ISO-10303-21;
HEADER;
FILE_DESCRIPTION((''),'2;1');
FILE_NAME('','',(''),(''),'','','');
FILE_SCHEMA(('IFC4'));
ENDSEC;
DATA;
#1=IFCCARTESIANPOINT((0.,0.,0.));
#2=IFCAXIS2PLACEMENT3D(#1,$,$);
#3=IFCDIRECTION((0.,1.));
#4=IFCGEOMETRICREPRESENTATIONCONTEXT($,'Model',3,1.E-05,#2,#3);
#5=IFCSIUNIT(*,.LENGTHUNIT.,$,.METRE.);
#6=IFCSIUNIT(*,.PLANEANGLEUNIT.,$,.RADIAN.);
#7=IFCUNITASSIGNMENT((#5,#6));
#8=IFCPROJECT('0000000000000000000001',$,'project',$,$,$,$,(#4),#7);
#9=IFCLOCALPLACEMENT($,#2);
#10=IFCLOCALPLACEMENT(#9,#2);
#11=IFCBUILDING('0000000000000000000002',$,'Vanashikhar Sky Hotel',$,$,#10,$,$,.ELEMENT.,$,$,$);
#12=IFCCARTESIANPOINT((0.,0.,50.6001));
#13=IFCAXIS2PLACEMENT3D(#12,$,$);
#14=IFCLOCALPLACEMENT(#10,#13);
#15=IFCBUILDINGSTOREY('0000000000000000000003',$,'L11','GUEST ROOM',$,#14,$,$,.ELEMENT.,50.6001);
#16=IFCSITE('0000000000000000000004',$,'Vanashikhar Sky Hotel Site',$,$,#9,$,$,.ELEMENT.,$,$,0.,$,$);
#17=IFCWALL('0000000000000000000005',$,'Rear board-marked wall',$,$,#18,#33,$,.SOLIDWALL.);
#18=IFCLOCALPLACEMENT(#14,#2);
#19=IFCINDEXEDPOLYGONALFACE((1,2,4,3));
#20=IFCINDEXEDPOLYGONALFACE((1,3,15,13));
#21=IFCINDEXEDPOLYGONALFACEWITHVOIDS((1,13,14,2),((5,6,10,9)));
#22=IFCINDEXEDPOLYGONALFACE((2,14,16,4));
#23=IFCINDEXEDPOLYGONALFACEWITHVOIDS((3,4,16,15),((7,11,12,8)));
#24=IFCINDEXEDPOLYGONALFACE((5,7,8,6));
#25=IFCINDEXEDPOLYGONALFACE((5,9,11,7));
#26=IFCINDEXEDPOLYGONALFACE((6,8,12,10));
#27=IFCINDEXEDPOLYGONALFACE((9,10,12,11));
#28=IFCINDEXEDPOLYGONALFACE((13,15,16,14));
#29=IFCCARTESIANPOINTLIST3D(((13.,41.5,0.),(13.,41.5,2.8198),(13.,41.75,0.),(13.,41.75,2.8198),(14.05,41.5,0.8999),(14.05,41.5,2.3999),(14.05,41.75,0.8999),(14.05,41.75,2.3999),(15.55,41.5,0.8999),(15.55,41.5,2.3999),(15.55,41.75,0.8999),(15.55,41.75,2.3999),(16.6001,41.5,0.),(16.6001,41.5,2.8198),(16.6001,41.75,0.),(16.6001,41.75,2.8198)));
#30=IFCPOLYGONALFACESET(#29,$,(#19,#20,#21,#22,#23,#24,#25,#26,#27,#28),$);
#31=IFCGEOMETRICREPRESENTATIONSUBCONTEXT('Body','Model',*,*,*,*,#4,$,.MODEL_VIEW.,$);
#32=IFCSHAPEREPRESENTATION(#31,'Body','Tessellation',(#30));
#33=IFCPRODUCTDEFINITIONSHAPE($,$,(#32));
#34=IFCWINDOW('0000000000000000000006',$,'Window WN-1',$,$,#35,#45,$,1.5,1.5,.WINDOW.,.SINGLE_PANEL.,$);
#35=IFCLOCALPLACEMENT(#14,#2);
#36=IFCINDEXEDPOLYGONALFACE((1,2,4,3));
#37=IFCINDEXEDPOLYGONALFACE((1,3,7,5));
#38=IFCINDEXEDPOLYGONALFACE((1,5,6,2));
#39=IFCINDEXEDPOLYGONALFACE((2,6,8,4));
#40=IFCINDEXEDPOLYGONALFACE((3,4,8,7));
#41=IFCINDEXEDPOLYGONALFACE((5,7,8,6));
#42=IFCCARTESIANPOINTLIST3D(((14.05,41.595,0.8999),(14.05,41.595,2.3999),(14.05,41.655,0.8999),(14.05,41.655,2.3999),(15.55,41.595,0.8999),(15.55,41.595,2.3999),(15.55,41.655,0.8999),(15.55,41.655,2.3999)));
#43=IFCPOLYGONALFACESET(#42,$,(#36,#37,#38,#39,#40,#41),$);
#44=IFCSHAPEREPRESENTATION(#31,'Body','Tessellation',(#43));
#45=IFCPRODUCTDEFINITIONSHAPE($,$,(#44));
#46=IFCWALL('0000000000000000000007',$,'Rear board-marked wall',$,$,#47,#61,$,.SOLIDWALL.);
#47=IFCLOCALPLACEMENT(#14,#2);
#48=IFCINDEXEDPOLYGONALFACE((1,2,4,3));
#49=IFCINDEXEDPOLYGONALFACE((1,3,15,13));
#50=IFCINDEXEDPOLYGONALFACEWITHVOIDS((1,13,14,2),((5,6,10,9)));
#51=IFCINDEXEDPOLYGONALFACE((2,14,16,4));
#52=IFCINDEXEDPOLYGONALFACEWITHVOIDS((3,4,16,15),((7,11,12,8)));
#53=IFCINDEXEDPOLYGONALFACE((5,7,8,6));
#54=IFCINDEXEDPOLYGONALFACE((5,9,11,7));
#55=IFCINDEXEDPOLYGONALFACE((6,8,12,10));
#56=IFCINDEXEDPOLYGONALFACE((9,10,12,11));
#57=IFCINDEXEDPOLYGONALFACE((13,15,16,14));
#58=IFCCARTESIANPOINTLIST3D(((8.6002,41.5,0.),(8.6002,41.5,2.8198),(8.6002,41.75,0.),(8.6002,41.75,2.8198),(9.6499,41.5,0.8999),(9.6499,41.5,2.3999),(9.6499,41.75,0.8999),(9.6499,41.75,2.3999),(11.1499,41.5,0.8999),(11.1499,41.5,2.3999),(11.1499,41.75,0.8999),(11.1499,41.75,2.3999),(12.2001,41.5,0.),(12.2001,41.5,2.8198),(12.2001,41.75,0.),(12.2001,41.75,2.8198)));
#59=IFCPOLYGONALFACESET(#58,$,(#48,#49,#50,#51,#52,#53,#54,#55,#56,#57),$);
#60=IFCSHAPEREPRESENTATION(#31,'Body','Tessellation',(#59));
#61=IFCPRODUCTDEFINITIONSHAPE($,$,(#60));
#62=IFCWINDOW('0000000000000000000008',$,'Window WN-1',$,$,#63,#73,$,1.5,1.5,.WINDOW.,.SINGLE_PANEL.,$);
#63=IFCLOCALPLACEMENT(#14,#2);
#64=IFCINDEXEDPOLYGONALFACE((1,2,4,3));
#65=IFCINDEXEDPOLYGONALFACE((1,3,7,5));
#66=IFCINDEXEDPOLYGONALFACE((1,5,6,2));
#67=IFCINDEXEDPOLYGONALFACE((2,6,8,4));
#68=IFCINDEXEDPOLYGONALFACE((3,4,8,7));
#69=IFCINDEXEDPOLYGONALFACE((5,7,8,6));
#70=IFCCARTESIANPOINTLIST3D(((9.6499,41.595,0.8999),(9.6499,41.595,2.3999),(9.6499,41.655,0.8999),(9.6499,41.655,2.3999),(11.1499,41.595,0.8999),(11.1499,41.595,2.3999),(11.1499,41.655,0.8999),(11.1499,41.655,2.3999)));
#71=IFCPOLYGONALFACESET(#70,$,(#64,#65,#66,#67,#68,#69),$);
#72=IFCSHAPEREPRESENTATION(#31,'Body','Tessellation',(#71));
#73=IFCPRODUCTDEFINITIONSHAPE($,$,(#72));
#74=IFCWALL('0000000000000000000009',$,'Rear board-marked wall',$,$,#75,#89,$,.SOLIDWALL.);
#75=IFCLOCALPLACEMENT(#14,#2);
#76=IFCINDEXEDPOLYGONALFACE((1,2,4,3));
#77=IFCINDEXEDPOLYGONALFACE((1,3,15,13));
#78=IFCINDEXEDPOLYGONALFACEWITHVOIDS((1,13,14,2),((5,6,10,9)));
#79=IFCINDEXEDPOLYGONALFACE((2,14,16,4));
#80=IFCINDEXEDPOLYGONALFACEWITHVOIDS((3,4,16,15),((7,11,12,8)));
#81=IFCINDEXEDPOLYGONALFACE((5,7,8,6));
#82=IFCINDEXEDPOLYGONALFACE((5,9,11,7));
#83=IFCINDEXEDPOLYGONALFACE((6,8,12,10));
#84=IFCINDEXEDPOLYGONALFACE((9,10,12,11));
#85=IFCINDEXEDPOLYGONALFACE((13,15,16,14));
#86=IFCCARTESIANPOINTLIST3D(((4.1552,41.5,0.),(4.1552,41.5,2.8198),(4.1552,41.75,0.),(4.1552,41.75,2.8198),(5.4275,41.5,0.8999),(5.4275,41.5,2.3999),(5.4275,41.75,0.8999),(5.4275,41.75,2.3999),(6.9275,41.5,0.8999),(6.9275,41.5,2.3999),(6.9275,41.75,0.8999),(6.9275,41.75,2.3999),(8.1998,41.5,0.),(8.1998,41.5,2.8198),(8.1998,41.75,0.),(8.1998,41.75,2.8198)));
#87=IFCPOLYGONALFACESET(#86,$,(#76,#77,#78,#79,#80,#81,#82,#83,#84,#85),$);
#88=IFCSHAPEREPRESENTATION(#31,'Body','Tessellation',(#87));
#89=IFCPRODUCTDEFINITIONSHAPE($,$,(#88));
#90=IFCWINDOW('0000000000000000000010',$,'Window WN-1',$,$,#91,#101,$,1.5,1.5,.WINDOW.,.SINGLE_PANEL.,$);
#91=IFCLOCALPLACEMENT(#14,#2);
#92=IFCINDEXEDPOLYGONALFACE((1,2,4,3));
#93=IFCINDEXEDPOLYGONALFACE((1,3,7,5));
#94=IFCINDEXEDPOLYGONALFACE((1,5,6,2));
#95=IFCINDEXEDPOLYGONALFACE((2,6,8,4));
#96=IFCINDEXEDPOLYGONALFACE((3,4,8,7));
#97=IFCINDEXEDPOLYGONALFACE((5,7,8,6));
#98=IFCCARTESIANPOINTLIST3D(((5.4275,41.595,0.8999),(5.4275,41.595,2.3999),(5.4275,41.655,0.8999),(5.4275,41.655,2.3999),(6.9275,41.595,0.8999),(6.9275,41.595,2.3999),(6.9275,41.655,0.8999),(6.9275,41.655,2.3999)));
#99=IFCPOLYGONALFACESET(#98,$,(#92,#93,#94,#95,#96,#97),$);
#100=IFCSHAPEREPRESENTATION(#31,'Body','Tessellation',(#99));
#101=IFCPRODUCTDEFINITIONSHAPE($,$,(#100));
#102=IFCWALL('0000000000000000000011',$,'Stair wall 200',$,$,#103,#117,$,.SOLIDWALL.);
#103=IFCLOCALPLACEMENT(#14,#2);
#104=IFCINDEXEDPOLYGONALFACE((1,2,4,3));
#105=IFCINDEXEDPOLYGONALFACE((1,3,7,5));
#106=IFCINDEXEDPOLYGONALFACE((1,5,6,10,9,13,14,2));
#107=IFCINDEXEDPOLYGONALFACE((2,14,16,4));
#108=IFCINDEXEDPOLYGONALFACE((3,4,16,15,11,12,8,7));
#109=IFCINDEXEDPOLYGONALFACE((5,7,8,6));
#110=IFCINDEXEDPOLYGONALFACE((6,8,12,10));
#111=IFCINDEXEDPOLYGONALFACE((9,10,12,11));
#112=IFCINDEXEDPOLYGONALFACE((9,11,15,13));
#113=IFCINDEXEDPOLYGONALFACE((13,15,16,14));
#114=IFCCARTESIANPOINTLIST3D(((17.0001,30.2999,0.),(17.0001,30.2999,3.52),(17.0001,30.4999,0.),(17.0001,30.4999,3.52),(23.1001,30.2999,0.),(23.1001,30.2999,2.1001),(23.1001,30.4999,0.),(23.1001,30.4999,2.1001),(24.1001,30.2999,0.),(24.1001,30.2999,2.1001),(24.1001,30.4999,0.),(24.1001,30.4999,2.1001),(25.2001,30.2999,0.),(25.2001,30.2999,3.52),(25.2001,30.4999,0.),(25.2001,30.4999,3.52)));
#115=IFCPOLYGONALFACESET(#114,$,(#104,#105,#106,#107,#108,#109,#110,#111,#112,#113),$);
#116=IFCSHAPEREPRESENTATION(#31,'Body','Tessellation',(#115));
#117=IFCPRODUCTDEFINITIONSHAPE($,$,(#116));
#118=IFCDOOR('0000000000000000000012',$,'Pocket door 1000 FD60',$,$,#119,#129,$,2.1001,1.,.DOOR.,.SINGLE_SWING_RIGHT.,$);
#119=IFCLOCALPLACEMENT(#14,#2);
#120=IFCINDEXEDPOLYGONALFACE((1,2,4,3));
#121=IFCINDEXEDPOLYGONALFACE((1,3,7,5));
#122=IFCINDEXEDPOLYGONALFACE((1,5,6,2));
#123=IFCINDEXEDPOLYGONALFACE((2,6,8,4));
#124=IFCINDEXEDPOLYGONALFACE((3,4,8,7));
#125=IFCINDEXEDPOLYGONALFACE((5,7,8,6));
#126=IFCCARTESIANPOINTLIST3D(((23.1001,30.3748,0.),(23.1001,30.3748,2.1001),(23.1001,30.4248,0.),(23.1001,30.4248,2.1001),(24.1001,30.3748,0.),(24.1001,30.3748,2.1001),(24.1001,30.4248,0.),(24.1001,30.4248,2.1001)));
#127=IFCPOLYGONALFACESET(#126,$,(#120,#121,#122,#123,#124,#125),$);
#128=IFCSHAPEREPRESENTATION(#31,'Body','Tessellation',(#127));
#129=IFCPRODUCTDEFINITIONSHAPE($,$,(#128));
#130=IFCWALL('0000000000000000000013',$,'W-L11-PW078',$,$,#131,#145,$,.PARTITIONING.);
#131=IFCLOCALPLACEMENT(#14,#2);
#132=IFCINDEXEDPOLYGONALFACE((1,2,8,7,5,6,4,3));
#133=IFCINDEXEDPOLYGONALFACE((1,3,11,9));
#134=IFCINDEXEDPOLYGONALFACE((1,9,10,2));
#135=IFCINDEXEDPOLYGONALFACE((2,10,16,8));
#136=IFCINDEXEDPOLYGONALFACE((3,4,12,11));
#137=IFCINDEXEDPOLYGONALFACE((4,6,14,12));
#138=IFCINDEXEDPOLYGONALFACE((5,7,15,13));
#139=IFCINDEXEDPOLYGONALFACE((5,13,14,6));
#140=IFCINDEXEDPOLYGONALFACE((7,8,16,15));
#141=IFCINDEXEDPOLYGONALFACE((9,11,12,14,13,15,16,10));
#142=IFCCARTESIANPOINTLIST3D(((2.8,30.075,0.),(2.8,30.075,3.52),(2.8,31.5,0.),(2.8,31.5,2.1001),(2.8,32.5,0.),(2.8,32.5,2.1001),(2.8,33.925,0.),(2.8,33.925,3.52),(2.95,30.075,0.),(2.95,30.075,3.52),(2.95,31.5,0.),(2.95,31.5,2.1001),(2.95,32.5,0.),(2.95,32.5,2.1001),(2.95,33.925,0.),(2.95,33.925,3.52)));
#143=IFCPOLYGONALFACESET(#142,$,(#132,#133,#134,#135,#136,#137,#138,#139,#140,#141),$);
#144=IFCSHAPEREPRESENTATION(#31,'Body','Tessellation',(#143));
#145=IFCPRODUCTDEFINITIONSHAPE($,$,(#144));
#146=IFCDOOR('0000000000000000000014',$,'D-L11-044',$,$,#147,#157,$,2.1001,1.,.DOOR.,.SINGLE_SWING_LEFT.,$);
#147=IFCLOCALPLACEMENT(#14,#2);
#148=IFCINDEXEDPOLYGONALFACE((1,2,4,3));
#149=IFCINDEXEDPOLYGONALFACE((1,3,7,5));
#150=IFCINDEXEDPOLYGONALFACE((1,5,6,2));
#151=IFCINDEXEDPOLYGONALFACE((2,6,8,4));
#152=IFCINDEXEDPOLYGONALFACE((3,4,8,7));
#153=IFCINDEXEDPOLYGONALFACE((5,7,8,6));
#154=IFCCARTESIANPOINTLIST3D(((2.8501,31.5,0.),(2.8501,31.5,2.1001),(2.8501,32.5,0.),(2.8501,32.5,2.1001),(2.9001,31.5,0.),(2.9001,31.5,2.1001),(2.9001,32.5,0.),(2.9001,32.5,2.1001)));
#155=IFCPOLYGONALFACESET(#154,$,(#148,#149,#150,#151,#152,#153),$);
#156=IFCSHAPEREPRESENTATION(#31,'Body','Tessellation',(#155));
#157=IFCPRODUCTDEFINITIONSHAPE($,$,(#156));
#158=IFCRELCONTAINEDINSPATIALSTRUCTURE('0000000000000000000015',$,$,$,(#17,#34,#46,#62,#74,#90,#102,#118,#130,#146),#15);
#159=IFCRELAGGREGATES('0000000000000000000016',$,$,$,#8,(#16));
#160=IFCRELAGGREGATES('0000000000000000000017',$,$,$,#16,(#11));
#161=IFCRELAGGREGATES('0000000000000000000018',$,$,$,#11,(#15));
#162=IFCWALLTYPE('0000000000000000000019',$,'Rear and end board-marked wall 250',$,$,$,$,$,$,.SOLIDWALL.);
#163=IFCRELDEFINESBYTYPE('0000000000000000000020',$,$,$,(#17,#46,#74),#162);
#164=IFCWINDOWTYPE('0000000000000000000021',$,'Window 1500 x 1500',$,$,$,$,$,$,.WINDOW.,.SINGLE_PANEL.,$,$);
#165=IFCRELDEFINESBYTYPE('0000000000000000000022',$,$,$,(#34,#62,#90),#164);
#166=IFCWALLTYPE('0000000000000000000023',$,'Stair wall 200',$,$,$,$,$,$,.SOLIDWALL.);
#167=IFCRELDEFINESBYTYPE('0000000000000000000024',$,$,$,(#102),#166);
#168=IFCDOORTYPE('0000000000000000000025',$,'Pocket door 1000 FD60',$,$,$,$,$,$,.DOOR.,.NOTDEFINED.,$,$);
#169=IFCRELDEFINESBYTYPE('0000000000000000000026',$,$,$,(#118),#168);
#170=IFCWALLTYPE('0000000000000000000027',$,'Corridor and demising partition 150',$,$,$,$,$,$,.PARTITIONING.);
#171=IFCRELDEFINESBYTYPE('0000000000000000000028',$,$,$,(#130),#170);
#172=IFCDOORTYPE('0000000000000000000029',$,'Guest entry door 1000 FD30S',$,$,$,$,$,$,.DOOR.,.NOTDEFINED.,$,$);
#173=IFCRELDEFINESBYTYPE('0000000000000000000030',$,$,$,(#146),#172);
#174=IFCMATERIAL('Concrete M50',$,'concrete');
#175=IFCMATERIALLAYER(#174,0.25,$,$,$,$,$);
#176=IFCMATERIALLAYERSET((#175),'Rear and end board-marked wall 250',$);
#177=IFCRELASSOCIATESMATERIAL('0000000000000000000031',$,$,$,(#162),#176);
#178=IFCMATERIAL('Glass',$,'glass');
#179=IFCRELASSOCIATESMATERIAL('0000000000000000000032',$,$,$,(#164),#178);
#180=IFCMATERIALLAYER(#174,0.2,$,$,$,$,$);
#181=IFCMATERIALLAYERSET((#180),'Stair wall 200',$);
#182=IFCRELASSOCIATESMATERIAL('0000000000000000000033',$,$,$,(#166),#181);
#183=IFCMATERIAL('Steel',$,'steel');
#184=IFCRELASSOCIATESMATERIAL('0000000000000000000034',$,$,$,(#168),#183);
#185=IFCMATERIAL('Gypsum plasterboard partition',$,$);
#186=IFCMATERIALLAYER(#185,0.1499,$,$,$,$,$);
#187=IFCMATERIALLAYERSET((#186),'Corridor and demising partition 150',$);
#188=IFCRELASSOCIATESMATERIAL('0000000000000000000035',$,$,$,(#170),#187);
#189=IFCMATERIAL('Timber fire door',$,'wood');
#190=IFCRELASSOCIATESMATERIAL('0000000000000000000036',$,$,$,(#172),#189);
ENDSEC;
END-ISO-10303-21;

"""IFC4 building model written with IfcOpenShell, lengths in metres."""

from ifc_helpers import new_model, si_unit, direction, frame, frame_2d, origin, place, context, subcontext, project, spatial, rectangle, extrude, source, transform, mapped, material, layer, layer_set, type_object, element, fill, save


model = new_model("IFC4")

# Units and contexts
model_context = context("Model", 3, precision=1e-05, world=origin(), true_north=direction((0.0, 1.0)))
body_context = subcontext(model_context, "Body", "Model", "MODEL_VIEW")
ifc_project = project(units=[si_unit("LENGTHUNIT", "METRE"), si_unit("PLANEANGLEUNIT", "RADIAN")], contexts=[model_context])

# Site, building, storey
site_placement = place(None, origin())
site = spatial("IfcSite", under=ifc_project, at=site_placement, Name="Vanashikhar Sky Hotel Site", CompositionType="ELEMENT", RefElevation=0.0)
building_placement = place(site_placement, origin())
building = spatial("IfcBuilding", under=site, at=building_placement, Name="Vanashikhar Sky Hotel", CompositionType="ELEMENT")
storey_placement = place(building_placement, frame((0.0, 0.0, 50.6001)))
storey = spatial("IfcBuildingStorey", under=building, at=storey_placement, Name="L11", Description="GUEST ROOM", CompositionType="ELEMENT", Elevation=50.6001)

# Shared definitions
ifc_material_1 = material(Name="Concrete M50", Category="concrete")

# Shared definitions
ifc_material_2 = material(Name="Glass", Category="glass")

# Shared definitions
ifc_layer_1 = layer(ifc_material_1, 0.25)
ifc_layer_set_1 = layer_set([ifc_layer_1], Name="Rear and end board-marked wall 250")
wall_type_1 = type_object("IfcWallType", Name="Rear and end board-marked wall 250", PredefinedType="SOLIDWALL", material=ifc_layer_set_1)

# Walls, openings, windows
shared_shape_1 = source(origin(), body_context, "Body", "SweptSolid", [
    extrude(rectangle(XDim=3.6001, YDim=0.25, at=frame_2d((1.8, 0.0))), origin(), (0.0, 0.0, 1.0), 2.8198),
])
wall_1_placement = place(storey_placement, frame((16.6001, 41.625, 0.0), z_axis=(0.0, 0.0, 1.0), x_axis=(-1.0, 0.0, 0.0)))
wall_1 = element("IfcWall", 1, at=wall_1_placement, inside=storey, type_object=wall_type_1, Name="Rear board-marked wall", PredefinedType="SOLIDWALL", context=body_context, shape_type="MappedRepresentation", body=[
    mapped(shared_shape_1, transform((0.0, 0.0, 0.0), scale=1.0)),
])
shared_shape_2 = source(origin(), body_context, "Body", "SweptSolid", [
    extrude(rectangle(XDim=1.5, YDim=1.5, at=frame_2d((0.75, 0.75))), frame((0.0, 0.135, 0.0), z_axis=(0.0, -1.0, 0.0), x_axis=(1.0, 0.0, 0.0)), (0.0, 0.0, 1.0), 0.27),
])
opening_1_placement = place(wall_1_placement, frame((1.05, 0.0, 0.8999)))
opening_1 = element("IfcOpeningElement", 2, at=opening_1_placement, cuts=wall_1, PredefinedType="OPENING", context=body_context, shape_type="MappedRepresentation", body=[
    mapped(shared_shape_2, transform((0.0, 0.0, 0.0), scale=1.0)),
])
window_type_1 = type_object("IfcWindowType", Name="Window 1500 x 1500", PartitioningType="SINGLE_PANEL", PredefinedType="WINDOW", material=ifc_material_2)
shared_shape_3 = source(origin(), body_context, "Body", "SweptSolid", [
    extrude(rectangle(XDim=1.5, YDim=1.5, at=frame_2d((0.75, 0.75))), frame((0.0, 0.03, 0.0), z_axis=(0.0, -1.0, 0.0), x_axis=(1.0, 0.0, 0.0)), (0.0, 0.0, 1.0), 0.0601),
])
window_1_placement = place(opening_1_placement, origin())
window_1 = element("IfcWindow", 3, at=window_1_placement, inside=storey, type_object=window_type_1, Name="Window WN-1", OverallHeight=1.5, OverallWidth=1.5, PartitioningType="SINGLE_PANEL", PredefinedType="WINDOW", context=body_context, shape_type="MappedRepresentation", body=[
    mapped(shared_shape_3, transform((0.0, 0.0, 0.0), scale=1.0)),
])
fill(opening_1, window_1)
shared_shape_4 = source(origin(), body_context, "Body", "SweptSolid", [
    extrude(rectangle(XDim=3.5999, YDim=0.25, at=frame_2d((1.7998, 0.0))), origin(), (0.0, 0.0, 1.0), 2.8198),
])
wall_2_placement = place(storey_placement, frame((12.2, 41.625, 0.0), z_axis=(0.0, 0.0, 1.0), x_axis=(-1.0, 0.0, 0.0)))
wall_2 = element("IfcWall", 4, at=wall_2_placement, inside=storey, type_object=wall_type_1, Name="Rear board-marked wall", PredefinedType="SOLIDWALL", context=body_context, shape_type="MappedRepresentation", body=[
    mapped(shared_shape_4, transform((0.0, 0.0, 0.0), scale=1.0)),
])
opening_2_placement = place(wall_2_placement, frame((1.05, 0.0, 0.8999)))
opening_2 = element("IfcOpeningElement", 5, at=opening_2_placement, cuts=wall_2, PredefinedType="OPENING", context=body_context, shape_type="MappedRepresentation", body=[
    mapped(shared_shape_2, transform((0.0, 0.0, 0.0), scale=1.0)),
])
window_2_placement = place(opening_2_placement, origin())
window_2 = element("IfcWindow", 6, at=window_2_placement, inside=storey, type_object=window_type_1, Name="Window WN-1", OverallHeight=1.5, OverallWidth=1.5, PartitioningType="SINGLE_PANEL", PredefinedType="WINDOW", context=body_context, shape_type="MappedRepresentation", body=[
    mapped(shared_shape_3, transform((0.0, 0.0, 0.0), scale=1.0)),
])
fill(opening_2, window_2)
shared_shape_5 = source(origin(), body_context, "Body", "SweptSolid", [
    extrude(rectangle(XDim=4.0447, YDim=0.25, at=frame_2d((2.0225, 0.0))), origin(), (0.0, 0.0, 1.0), 2.8198),
])
wall_3_placement = place(storey_placement, frame((8.2, 41.625, 0.0), z_axis=(0.0, 0.0, 1.0), x_axis=(-1.0, 0.0, 0.0)))
wall_3 = element("IfcWall", 7, at=wall_3_placement, inside=storey, type_object=wall_type_1, Name="Rear board-marked wall", PredefinedType="SOLIDWALL", context=body_context, shape_type="MappedRepresentation", body=[
    mapped(shared_shape_5, transform((0.0, 0.0, 0.0), scale=1.0)),
])
opening_3_placement = place(wall_3_placement, frame((1.2725, 0.0, 0.8999)))
opening_3 = element("IfcOpeningElement", 8, at=opening_3_placement, cuts=wall_3, PredefinedType="OPENING", context=body_context, shape_type="MappedRepresentation", body=[
    mapped(shared_shape_2, transform((0.0, 0.0, 0.0), scale=1.0)),
])
window_3_placement = place(opening_3_placement, origin())
window_3 = element("IfcWindow", 9, at=window_3_placement, inside=storey, type_object=window_type_1, Name="Window WN-1", OverallHeight=1.5, OverallWidth=1.5, PartitioningType="SINGLE_PANEL", PredefinedType="WINDOW", context=body_context, shape_type="MappedRepresentation", body=[
    mapped(shared_shape_3, transform((0.0, 0.0, 0.0), scale=1.0)),
])
fill(opening_3, window_3)

# Walls, openings, doors
ifc_layer_2 = layer(ifc_material_1, 0.2)
ifc_layer_set_2 = layer_set([ifc_layer_2], Name="Stair wall 200")
wall_type_2 = type_object("IfcWallType", Name="Stair wall 200", PredefinedType="SOLIDWALL", material=ifc_layer_set_2)
shared_shape_6 = source(origin(), body_context, "Body", "SweptSolid", [
    extrude(rectangle(XDim=8.2, YDim=0.2, at=frame_2d((4.1001, 0.0))), origin(), (0.0, 0.0, 1.0), 3.52),
])
wall_4_placement = place(storey_placement, frame((17.0, 30.3999, 0.0), z_axis=(0.0, 0.0, 1.0), x_axis=(1.0, 0.0, 0.0)))
wall_4 = element("IfcWall", 10, at=wall_4_placement, inside=storey, type_object=wall_type_2, Name="Stair wall 200", PredefinedType="SOLIDWALL", context=body_context, shape_type="MappedRepresentation", body=[
    mapped(shared_shape_6, transform((0.0, 0.0, 0.0), scale=1.0)),
])
shared_shape_7 = source(origin(), body_context, "Body", "SweptSolid", [
    extrude(rectangle(XDim=1.0, YDim=2.1001, at=frame_2d((0.5, 1.05))), frame((0.0, 0.1099, 0.0), z_axis=(0.0, -1.0, 0.0), x_axis=(1.0, 0.0, 0.0)), (0.0, 0.0, 1.0), 0.22),
])
opening_4_placement = place(wall_4_placement, frame((6.1001, 0.0, 0.0)))
opening_4 = element("IfcOpeningElement", 11, at=opening_4_placement, cuts=wall_4, PredefinedType="OPENING", context=body_context, shape_type="MappedRepresentation", body=[
    mapped(shared_shape_7, transform((0.0, 0.0, 0.0), scale=1.0)),
])
ifc_material_3 = material(Name="Steel", Category="steel")
door_type_1 = type_object("IfcDoorType", Name="Pocket door 1000 FD60", OperationType="NOTDEFINED", PredefinedType="DOOR", material=ifc_material_3)
shared_shape_8 = source(origin(), body_context, "Body", "SweptSolid", [
    extrude(rectangle(XDim=1.0, YDim=2.1001, at=frame_2d((0.5, 1.05))), frame((0.0, 0.0249, 0.0), z_axis=(0.0, -1.0, 0.0), x_axis=(1.0, 0.0, 0.0)), (0.0, 0.0, 1.0), 0.05),
])
door_1_placement = place(opening_4_placement, origin())
door_1 = element("IfcDoor", 12, at=door_1_placement, inside=storey, type_object=door_type_1, Name="Pocket door 1000 FD60", OperationType="SINGLE_SWING_RIGHT", OverallHeight=2.1001, OverallWidth=1.0, PredefinedType="DOOR", context=body_context, shape_type="MappedRepresentation", body=[
    mapped(shared_shape_8, transform((0.0, 0.0, 0.0), scale=1.0)),
])
fill(opening_4, door_1)
ifc_material_4 = material(Name="Gypsum plasterboard partition")
ifc_layer_3 = layer(ifc_material_4, 0.1499)
ifc_layer_set_3 = layer_set([ifc_layer_3], Name="Corridor and demising partition 150")
wall_type_3 = type_object("IfcWallType", Name="Corridor and demising partition 150", PredefinedType="PARTITIONING", material=ifc_layer_set_3)
shared_shape_9 = source(origin(), body_context, "Body", "SweptSolid", [
    extrude(rectangle(XDim=3.8501, YDim=0.1499, at=frame_2d((1.925, 0.0))), origin(), (0.0, 0.0, 1.0), 3.52),
])
wall_5_placement = place(storey_placement, frame((2.875, 30.075, 0.0), z_axis=(0.0, 0.0, 1.0), x_axis=(0.0, 1.0, 0.0)))
wall_5 = element("IfcWall", 13, at=wall_5_placement, inside=storey, type_object=wall_type_3, Name="W-L11-PW078", PredefinedType="PARTITIONING", context=body_context, shape_type="MappedRepresentation", body=[
    mapped(shared_shape_9, transform((0.0, 0.0, 0.0), scale=1.0)),
])
shared_shape_10 = source(origin(), body_context, "Body", "SweptSolid", [
    extrude(rectangle(XDim=1.0, YDim=2.1001, at=frame_2d((0.5, 1.05))), frame((0.0, 0.085, 0.0), z_axis=(0.0, -1.0, 0.0), x_axis=(1.0, 0.0, 0.0)), (0.0, 0.0, 1.0), 0.1699),
])
opening_5_placement = place(wall_5_placement, frame((1.425, 0.0, 0.0)))
opening_5 = element("IfcOpeningElement", 14, at=opening_5_placement, cuts=wall_5, PredefinedType="OPENING", context=body_context, shape_type="MappedRepresentation", body=[
    mapped(shared_shape_10, transform((0.0, 0.0, 0.0), scale=1.0)),
])
ifc_material_5 = material(Name="Timber fire door", Category="wood")
door_type_2 = type_object("IfcDoorType", Name="Guest entry door 1000 FD30S", OperationType="NOTDEFINED", PredefinedType="DOOR", material=ifc_material_5)
door_2_placement = place(opening_5_placement, origin())
door_2 = element("IfcDoor", 15, at=door_2_placement, inside=storey, type_object=door_type_2, Name="D-L11-044", OperationType="SINGLE_SWING_LEFT", OverallHeight=2.1001, OverallWidth=1.0, PredefinedType="DOOR", context=body_context, shape_type="MappedRepresentation", body=[
    mapped(shared_shape_8, transform((0.0, 0.0, 0.0), scale=1.0)),
])
fill(opening_5, door_2)

save(model, "model.ifc")
